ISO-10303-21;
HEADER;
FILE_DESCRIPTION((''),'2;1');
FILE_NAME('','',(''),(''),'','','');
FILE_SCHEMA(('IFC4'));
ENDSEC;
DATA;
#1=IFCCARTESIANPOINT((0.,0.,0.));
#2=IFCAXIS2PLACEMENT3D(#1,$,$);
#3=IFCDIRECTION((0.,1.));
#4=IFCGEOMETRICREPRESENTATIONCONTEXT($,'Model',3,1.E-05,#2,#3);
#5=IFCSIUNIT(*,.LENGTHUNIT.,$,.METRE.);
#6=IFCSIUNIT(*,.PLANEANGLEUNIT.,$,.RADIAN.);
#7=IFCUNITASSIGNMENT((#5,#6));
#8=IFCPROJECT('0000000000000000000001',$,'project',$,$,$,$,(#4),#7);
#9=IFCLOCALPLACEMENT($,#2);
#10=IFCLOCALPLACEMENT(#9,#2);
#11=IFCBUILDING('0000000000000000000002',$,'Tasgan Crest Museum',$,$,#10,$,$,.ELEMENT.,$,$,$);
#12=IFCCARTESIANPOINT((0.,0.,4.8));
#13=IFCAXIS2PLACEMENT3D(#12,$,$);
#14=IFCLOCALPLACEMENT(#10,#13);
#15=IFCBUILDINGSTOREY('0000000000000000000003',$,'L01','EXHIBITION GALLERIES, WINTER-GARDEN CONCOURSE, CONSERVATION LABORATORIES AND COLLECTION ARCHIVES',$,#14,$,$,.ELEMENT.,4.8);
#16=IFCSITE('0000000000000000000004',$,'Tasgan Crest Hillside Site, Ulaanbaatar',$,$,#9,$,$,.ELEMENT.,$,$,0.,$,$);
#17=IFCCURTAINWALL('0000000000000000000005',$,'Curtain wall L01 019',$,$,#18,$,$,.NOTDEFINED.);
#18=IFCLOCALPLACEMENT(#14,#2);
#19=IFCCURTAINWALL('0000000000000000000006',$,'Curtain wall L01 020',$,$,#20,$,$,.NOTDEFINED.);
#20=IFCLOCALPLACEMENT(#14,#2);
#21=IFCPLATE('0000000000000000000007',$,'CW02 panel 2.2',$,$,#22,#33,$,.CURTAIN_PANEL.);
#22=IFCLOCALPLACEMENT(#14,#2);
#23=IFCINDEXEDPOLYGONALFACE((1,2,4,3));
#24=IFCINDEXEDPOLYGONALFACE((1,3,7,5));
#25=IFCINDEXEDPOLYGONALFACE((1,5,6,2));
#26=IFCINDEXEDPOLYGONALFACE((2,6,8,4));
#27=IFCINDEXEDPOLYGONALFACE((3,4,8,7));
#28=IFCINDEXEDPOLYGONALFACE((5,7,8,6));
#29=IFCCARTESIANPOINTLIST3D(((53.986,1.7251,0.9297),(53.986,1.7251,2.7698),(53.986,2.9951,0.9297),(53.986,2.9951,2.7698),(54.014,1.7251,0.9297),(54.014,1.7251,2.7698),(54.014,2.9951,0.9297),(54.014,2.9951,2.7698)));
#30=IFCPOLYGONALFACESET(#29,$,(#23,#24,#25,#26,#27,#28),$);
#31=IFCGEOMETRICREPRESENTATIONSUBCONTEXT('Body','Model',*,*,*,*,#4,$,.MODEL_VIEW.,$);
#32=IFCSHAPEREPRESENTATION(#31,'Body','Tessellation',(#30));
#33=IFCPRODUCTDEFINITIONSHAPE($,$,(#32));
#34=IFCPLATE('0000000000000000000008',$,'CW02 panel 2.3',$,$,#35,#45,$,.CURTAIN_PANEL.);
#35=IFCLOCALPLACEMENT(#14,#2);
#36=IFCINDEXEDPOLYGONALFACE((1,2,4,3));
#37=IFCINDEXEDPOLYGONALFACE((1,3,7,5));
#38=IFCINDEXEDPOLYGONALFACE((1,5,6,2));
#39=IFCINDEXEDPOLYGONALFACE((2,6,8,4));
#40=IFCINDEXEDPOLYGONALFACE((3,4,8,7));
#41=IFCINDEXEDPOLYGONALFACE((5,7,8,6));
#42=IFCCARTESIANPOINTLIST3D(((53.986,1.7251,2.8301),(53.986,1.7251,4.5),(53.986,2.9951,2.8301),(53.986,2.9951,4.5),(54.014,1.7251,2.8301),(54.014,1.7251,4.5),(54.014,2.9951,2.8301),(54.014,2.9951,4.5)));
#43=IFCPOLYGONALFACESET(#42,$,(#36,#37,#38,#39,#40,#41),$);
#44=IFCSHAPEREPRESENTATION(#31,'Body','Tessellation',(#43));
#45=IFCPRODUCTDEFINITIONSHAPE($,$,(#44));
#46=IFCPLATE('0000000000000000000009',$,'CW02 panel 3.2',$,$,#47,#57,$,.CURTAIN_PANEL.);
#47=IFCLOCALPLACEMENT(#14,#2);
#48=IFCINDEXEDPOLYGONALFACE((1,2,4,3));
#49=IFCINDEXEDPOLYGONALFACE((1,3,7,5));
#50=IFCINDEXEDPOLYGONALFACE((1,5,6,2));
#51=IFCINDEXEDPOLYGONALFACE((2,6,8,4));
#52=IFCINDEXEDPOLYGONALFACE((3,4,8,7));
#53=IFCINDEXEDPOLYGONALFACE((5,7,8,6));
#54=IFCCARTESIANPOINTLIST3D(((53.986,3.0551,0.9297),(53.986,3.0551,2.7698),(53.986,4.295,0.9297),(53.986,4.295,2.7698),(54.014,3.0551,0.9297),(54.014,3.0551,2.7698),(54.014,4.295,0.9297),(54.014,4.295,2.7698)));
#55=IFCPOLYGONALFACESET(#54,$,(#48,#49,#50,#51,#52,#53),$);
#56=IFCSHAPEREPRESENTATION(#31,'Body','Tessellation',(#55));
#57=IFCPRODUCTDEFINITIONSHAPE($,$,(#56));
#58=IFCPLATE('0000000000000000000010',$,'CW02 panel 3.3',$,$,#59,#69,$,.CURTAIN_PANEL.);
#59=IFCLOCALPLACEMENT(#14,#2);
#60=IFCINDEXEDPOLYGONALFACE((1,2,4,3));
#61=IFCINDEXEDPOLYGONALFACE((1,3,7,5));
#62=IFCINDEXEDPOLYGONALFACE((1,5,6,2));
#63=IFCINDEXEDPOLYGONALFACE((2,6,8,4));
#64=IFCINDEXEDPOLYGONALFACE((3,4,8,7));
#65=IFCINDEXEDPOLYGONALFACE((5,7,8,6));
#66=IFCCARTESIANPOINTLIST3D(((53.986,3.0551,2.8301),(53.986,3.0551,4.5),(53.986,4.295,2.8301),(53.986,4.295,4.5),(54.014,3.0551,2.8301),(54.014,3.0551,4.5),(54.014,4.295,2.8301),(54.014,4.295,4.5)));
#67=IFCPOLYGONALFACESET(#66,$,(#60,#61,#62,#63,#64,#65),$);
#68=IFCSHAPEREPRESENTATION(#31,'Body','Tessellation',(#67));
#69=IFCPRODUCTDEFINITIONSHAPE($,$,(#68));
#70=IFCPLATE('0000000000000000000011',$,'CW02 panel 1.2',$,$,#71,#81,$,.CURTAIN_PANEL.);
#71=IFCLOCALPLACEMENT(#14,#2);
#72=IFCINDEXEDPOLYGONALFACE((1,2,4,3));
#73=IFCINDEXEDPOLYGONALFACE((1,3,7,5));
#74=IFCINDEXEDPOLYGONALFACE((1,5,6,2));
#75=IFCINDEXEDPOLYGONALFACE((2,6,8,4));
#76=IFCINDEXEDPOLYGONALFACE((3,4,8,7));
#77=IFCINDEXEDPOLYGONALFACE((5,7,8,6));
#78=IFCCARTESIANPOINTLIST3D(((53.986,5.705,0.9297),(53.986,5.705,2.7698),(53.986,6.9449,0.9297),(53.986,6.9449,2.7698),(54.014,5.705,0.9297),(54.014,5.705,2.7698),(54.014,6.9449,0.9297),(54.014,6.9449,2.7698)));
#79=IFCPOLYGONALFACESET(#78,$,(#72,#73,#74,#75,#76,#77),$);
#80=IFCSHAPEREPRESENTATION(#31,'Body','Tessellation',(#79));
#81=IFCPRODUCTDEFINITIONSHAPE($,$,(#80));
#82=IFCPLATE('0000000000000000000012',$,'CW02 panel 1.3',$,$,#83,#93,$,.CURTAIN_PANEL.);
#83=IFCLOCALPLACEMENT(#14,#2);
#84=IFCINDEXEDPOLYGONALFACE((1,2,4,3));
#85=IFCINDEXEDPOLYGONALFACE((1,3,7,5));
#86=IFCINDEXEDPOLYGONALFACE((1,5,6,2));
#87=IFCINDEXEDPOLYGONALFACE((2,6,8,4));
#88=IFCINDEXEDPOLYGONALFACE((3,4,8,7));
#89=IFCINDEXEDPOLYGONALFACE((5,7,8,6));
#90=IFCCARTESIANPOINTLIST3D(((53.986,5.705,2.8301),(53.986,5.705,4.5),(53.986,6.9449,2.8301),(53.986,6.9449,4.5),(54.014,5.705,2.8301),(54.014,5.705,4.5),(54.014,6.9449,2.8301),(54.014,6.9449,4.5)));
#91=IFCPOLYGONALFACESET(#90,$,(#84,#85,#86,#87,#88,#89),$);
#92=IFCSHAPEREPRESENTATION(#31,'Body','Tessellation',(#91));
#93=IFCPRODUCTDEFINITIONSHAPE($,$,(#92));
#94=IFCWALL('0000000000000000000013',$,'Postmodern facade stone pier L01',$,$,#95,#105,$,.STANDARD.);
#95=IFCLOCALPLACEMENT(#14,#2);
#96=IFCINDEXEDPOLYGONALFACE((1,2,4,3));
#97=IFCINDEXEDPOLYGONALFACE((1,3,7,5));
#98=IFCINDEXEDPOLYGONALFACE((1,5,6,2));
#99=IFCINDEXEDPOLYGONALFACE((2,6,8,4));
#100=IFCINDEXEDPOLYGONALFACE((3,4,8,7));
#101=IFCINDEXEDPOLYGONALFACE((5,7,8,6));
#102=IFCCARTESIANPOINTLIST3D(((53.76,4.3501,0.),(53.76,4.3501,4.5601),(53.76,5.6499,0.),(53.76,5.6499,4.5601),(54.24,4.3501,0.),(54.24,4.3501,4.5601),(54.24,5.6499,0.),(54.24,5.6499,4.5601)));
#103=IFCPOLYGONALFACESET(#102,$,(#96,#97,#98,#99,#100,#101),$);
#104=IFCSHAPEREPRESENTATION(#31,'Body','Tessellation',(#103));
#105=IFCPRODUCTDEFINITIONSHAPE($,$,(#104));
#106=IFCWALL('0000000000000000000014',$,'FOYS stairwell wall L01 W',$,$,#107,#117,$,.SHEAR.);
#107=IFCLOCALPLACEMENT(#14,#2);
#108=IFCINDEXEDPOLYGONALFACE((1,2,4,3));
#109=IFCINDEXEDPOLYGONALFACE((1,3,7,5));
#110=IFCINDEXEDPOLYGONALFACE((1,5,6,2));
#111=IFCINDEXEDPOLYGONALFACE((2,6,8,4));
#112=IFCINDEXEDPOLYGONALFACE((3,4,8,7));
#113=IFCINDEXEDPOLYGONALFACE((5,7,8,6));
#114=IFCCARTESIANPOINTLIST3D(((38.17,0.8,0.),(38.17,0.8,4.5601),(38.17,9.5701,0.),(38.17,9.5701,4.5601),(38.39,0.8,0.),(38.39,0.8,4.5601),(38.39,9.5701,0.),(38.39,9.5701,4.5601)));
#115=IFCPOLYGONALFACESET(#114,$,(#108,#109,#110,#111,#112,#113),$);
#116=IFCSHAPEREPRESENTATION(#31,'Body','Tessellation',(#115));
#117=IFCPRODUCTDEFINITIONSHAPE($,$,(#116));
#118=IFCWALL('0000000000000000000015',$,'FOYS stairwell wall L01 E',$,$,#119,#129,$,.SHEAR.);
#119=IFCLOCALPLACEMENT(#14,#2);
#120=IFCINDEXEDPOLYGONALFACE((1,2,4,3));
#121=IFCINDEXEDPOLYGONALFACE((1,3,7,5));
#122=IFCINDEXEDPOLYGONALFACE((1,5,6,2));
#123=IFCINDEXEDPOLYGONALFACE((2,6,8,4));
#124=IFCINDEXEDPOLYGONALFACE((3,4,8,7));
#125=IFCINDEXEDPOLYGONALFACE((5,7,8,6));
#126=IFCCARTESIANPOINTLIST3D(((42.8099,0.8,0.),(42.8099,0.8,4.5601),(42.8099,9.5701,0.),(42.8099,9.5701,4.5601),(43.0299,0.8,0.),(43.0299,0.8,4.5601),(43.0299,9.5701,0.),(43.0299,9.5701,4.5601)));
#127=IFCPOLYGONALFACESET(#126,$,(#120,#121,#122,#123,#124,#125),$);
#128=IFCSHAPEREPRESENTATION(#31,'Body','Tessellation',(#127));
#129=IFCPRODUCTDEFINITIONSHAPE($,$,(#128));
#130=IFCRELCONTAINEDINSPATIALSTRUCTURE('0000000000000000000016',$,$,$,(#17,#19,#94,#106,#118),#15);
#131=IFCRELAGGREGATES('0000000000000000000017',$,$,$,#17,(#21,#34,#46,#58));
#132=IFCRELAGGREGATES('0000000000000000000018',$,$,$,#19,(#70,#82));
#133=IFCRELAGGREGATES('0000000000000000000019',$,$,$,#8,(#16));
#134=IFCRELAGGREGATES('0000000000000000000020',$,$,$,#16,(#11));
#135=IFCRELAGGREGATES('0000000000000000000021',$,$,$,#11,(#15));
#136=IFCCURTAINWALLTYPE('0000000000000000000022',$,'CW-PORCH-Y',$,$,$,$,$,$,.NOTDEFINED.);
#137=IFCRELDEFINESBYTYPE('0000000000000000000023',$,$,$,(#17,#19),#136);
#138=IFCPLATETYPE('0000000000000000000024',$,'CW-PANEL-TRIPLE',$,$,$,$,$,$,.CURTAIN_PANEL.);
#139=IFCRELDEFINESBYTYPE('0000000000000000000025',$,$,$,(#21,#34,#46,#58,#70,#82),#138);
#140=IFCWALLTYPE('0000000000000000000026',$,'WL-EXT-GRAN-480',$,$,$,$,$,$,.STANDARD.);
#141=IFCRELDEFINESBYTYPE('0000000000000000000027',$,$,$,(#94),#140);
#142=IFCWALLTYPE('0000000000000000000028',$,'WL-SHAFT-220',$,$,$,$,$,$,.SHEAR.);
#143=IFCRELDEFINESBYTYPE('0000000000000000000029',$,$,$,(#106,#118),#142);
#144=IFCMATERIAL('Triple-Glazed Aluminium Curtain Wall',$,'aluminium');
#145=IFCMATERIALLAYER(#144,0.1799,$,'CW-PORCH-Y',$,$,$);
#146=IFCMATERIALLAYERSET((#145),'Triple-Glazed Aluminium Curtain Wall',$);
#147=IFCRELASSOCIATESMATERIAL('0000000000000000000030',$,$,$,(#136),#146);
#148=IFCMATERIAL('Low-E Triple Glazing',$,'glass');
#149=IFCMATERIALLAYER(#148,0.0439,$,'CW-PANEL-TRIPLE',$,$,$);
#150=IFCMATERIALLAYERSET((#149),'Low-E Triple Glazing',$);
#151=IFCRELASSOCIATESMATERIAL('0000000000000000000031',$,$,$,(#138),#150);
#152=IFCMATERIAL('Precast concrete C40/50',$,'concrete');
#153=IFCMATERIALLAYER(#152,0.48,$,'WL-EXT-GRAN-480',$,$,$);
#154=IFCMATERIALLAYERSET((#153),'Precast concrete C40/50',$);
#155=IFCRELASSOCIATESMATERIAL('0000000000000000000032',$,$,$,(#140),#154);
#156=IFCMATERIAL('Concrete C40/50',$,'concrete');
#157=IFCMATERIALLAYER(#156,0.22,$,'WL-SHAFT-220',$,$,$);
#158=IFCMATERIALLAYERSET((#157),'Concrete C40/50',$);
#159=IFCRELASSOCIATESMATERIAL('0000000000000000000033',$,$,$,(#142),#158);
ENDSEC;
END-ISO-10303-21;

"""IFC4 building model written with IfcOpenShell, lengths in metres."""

from ifc_helpers import new_model, si_unit, direction, frame, frame_2d, origin, origin_2d, place, context, subcontext, project, spatial, rectangle, extrude, material, layer, layer_set, type_object, element, aggregate, save


model = new_model("IFC4")

# Units and contexts
model_context = context("Model", 3, precision=1e-05, world=origin(), true_north=direction((0.0, 1.0)))
body_context = subcontext(model_context, "Body", "Model", "MODEL_VIEW")
ifc_project = project(units=[si_unit("LENGTHUNIT", "METRE"), si_unit("PLANEANGLEUNIT", "RADIAN")], contexts=[model_context])

# Site, building, storey
site_placement = place(None, origin())
site = spatial("IfcSite", under=ifc_project, at=site_placement, Name="Tasgan Crest Hillside Site, Ulaanbaatar", CompositionType="ELEMENT", RefElevation=0.0)
building_placement = place(site_placement, origin())
building = spatial("IfcBuilding", under=site, at=building_placement, Name="Tasgan Crest Museum", CompositionType="ELEMENT")
storey_placement = place(building_placement, frame((0.0, 0.0, 4.8)))
storey = spatial("IfcBuildingStorey", under=building, at=storey_placement, Name="L01", Description="EXHIBITION GALLERIES, WINTER-GARDEN CONCOURSE, CONSERVATION LABORATORIES AND COLLECTION ARCHIVES", CompositionType="ELEMENT", Elevation=4.8)

# Curtain wall
ifc_material_1 = material(Name="Triple-Glazed Aluminium Curtain Wall", Category="aluminium")
ifc_layer_1 = layer(ifc_material_1, 0.1799, Name="CW-PORCH-Y")
ifc_layer_set_1 = layer_set([ifc_layer_1], Name="Triple-Glazed Aluminium Curtain Wall")
curtain_wall_type = type_object("IfcCurtainWallType", Name="CW-PORCH-Y", PredefinedType="NOTDEFINED", material=ifc_layer_set_1)
curtain_wall_1_placement = place(storey_placement, origin())
curtain_wall_1 = element("IfcCurtainWall", 1, at=curtain_wall_1_placement, inside=storey, type_object=curtain_wall_type, Name="Curtain wall L01 019", PredefinedType="NOTDEFINED")

# Curtain wall
curtain_wall_2_placement = place(storey_placement, origin())
curtain_wall_2 = element("IfcCurtainWall", 2, at=curtain_wall_2_placement, inside=storey, type_object=curtain_wall_type, Name="Curtain wall L01 020", PredefinedType="NOTDEFINED")

# Plates
ifc_material_2 = material(Name="Low-E Triple Glazing", Category="glass")
ifc_layer_2 = layer(ifc_material_2, 0.0439, Name="CW-PANEL-TRIPLE")
ifc_layer_set_2 = layer_set([ifc_layer_2], Name="Low-E Triple Glazing")
plate_type_1 = type_object("IfcPlateType", Name="CW-PANEL-TRIPLE", PredefinedType="CURTAIN_PANEL", material=ifc_layer_set_2)
plate_1_placement = place(storey_placement, frame((54.0, 2.3601, 0.9297), z_axis=(0.0, 0.0, 1.0), x_axis=(0.0, 1.0, 0.0)))
plate_1 = element("IfcPlate", 3, at=plate_1_placement, type_object=plate_type_1, Name="CW02 panel 2.2", PredefinedType="CURTAIN_PANEL", context=body_context, shape_type="SweptSolid", body=[
    extrude(rectangle(XDim=1.27, YDim=0.0281, at=origin_2d()), origin(), (0.0, 0.0, 1.0), 1.8401),
])
plate_2_placement = place(storey_placement, frame((54.0, 2.3601, 2.8301), z_axis=(0.0, 0.0, 1.0), x_axis=(0.0, 1.0, 0.0)))
plate_2 = element("IfcPlate", 4, at=plate_2_placement, type_object=plate_type_1, Name="CW02 panel 2.3", PredefinedType="CURTAIN_PANEL", context=body_context, shape_type="SweptSolid", body=[
    extrude(rectangle(XDim=1.27, YDim=0.0281, at=origin_2d()), origin(), (0.0, 0.0, 1.0), 1.6699),
])
plate_3_placement = place(storey_placement, frame((54.0, 3.675, 0.9297), z_axis=(0.0, 0.0, 1.0), x_axis=(0.0, 1.0, 0.0)))
plate_3 = element("IfcPlate", 5, at=plate_3_placement, type_object=plate_type_1, Name="CW02 panel 3.2", PredefinedType="CURTAIN_PANEL", context=body_context, shape_type="SweptSolid", body=[
    extrude(rectangle(XDim=1.24, YDim=0.0281, at=origin_2d()), origin(), (0.0, 0.0, 1.0), 1.8401),
])
plate_4_placement = place(storey_placement, frame((54.0, 3.675, 2.8301), z_axis=(0.0, 0.0, 1.0), x_axis=(0.0, 1.0, 0.0)))
plate_4 = element("IfcPlate", 6, at=plate_4_placement, type_object=plate_type_1, Name="CW02 panel 3.3", PredefinedType="CURTAIN_PANEL", context=body_context, shape_type="SweptSolid", body=[
    extrude(rectangle(XDim=1.24, YDim=0.0281, at=origin_2d()), origin(), (0.0, 0.0, 1.0), 1.6699),
])
aggregate(curtain_wall_1, [plate_1, plate_2, plate_3, plate_4])
plate_5_placement = place(storey_placement, frame((54.0, 6.325, 0.9297), z_axis=(0.0, 0.0, 1.0), x_axis=(0.0, 1.0, 0.0)))
plate_5 = element("IfcPlate", 7, at=plate_5_placement, type_object=plate_type_1, Name="CW02 panel 1.2", PredefinedType="CURTAIN_PANEL", context=body_context, shape_type="SweptSolid", body=[
    extrude(rectangle(XDim=1.24, YDim=0.0281, at=origin_2d()), origin(), (0.0, 0.0, 1.0), 1.8401),
])
plate_6_placement = place(storey_placement, frame((54.0, 6.325, 2.8301), z_axis=(0.0, 0.0, 1.0), x_axis=(0.0, 1.0, 0.0)))
plate_6 = element("IfcPlate", 8, at=plate_6_placement, type_object=plate_type_1, Name="CW02 panel 1.3", PredefinedType="CURTAIN_PANEL", context=body_context, shape_type="SweptSolid", body=[
    extrude(rectangle(XDim=1.24, YDim=0.0281, at=origin_2d()), origin(), (0.0, 0.0, 1.0), 1.6699),
])
aggregate(curtain_wall_2, [plate_5, plate_6])

# Walls
ifc_material_3 = material(Name="Precast concrete C40/50", Category="concrete")
ifc_layer_3 = layer(ifc_material_3, 0.48, Name="WL-EXT-GRAN-480")
ifc_layer_set_3 = layer_set([ifc_layer_3], Name="Precast concrete C40/50")
wall_type_1 = type_object("IfcWallType", Name="WL-EXT-GRAN-480", PredefinedType="STANDARD", material=ifc_layer_set_3)
wall_placement = place(storey_placement, frame((54.0, 4.3501, 0.0), z_axis=(0.0, 0.0, 1.0), x_axis=(0.0, 1.0, 0.0)))
element("IfcWall", 9, at=wall_placement, inside=storey, type_object=wall_type_1, Name="Postmodern facade stone pier L01", PredefinedType="STANDARD", context=body_context, shape_type="SweptSolid", body=[
    extrude(rectangle(XDim=1.2998, YDim=0.48, at=frame_2d((0.6499, 0.0))), origin(), (0.0, 0.0, 1.0), 4.5601),
])
ifc_material_4 = material(Name="Concrete C40/50", Category="concrete")
ifc_layer_4 = layer(ifc_material_4, 0.22, Name="WL-SHAFT-220")
ifc_layer_set_4 = layer_set([ifc_layer_4], Name="Concrete C40/50")
wall_type_2 = type_object("IfcWallType", Name="WL-SHAFT-220", PredefinedType="SHEAR", material=ifc_layer_set_4)
for number, where, z_axis, x_axis, name in (
    (10, (38.28, 0.8, 0.0), (0.0, 0.0, 1.0), (0.0, 1.0, 0.0), "FOYS stairwell wall L01 W"),
    (11, (42.9199, 0.8, 0.0), (0.0, 0.0, 1.0), (0.0, 1.0, 0.0), "FOYS stairwell wall L01 E"),
):
    element("IfcWall", number, at=place(storey_placement, frame(where, z_axis=z_axis, x_axis=x_axis)), inside=storey, type_object=wall_type_2, Name=name, PredefinedType="SHEAR", context=body_context, shape_type="SweptSolid", body=[
        extrude(rectangle(XDim=8.77, YDim=0.22, at=frame_2d((4.385, 0.0))), origin(), (0.0, 0.0, 1.0), 4.5601),
    ])

save(model, "model.ifc")
